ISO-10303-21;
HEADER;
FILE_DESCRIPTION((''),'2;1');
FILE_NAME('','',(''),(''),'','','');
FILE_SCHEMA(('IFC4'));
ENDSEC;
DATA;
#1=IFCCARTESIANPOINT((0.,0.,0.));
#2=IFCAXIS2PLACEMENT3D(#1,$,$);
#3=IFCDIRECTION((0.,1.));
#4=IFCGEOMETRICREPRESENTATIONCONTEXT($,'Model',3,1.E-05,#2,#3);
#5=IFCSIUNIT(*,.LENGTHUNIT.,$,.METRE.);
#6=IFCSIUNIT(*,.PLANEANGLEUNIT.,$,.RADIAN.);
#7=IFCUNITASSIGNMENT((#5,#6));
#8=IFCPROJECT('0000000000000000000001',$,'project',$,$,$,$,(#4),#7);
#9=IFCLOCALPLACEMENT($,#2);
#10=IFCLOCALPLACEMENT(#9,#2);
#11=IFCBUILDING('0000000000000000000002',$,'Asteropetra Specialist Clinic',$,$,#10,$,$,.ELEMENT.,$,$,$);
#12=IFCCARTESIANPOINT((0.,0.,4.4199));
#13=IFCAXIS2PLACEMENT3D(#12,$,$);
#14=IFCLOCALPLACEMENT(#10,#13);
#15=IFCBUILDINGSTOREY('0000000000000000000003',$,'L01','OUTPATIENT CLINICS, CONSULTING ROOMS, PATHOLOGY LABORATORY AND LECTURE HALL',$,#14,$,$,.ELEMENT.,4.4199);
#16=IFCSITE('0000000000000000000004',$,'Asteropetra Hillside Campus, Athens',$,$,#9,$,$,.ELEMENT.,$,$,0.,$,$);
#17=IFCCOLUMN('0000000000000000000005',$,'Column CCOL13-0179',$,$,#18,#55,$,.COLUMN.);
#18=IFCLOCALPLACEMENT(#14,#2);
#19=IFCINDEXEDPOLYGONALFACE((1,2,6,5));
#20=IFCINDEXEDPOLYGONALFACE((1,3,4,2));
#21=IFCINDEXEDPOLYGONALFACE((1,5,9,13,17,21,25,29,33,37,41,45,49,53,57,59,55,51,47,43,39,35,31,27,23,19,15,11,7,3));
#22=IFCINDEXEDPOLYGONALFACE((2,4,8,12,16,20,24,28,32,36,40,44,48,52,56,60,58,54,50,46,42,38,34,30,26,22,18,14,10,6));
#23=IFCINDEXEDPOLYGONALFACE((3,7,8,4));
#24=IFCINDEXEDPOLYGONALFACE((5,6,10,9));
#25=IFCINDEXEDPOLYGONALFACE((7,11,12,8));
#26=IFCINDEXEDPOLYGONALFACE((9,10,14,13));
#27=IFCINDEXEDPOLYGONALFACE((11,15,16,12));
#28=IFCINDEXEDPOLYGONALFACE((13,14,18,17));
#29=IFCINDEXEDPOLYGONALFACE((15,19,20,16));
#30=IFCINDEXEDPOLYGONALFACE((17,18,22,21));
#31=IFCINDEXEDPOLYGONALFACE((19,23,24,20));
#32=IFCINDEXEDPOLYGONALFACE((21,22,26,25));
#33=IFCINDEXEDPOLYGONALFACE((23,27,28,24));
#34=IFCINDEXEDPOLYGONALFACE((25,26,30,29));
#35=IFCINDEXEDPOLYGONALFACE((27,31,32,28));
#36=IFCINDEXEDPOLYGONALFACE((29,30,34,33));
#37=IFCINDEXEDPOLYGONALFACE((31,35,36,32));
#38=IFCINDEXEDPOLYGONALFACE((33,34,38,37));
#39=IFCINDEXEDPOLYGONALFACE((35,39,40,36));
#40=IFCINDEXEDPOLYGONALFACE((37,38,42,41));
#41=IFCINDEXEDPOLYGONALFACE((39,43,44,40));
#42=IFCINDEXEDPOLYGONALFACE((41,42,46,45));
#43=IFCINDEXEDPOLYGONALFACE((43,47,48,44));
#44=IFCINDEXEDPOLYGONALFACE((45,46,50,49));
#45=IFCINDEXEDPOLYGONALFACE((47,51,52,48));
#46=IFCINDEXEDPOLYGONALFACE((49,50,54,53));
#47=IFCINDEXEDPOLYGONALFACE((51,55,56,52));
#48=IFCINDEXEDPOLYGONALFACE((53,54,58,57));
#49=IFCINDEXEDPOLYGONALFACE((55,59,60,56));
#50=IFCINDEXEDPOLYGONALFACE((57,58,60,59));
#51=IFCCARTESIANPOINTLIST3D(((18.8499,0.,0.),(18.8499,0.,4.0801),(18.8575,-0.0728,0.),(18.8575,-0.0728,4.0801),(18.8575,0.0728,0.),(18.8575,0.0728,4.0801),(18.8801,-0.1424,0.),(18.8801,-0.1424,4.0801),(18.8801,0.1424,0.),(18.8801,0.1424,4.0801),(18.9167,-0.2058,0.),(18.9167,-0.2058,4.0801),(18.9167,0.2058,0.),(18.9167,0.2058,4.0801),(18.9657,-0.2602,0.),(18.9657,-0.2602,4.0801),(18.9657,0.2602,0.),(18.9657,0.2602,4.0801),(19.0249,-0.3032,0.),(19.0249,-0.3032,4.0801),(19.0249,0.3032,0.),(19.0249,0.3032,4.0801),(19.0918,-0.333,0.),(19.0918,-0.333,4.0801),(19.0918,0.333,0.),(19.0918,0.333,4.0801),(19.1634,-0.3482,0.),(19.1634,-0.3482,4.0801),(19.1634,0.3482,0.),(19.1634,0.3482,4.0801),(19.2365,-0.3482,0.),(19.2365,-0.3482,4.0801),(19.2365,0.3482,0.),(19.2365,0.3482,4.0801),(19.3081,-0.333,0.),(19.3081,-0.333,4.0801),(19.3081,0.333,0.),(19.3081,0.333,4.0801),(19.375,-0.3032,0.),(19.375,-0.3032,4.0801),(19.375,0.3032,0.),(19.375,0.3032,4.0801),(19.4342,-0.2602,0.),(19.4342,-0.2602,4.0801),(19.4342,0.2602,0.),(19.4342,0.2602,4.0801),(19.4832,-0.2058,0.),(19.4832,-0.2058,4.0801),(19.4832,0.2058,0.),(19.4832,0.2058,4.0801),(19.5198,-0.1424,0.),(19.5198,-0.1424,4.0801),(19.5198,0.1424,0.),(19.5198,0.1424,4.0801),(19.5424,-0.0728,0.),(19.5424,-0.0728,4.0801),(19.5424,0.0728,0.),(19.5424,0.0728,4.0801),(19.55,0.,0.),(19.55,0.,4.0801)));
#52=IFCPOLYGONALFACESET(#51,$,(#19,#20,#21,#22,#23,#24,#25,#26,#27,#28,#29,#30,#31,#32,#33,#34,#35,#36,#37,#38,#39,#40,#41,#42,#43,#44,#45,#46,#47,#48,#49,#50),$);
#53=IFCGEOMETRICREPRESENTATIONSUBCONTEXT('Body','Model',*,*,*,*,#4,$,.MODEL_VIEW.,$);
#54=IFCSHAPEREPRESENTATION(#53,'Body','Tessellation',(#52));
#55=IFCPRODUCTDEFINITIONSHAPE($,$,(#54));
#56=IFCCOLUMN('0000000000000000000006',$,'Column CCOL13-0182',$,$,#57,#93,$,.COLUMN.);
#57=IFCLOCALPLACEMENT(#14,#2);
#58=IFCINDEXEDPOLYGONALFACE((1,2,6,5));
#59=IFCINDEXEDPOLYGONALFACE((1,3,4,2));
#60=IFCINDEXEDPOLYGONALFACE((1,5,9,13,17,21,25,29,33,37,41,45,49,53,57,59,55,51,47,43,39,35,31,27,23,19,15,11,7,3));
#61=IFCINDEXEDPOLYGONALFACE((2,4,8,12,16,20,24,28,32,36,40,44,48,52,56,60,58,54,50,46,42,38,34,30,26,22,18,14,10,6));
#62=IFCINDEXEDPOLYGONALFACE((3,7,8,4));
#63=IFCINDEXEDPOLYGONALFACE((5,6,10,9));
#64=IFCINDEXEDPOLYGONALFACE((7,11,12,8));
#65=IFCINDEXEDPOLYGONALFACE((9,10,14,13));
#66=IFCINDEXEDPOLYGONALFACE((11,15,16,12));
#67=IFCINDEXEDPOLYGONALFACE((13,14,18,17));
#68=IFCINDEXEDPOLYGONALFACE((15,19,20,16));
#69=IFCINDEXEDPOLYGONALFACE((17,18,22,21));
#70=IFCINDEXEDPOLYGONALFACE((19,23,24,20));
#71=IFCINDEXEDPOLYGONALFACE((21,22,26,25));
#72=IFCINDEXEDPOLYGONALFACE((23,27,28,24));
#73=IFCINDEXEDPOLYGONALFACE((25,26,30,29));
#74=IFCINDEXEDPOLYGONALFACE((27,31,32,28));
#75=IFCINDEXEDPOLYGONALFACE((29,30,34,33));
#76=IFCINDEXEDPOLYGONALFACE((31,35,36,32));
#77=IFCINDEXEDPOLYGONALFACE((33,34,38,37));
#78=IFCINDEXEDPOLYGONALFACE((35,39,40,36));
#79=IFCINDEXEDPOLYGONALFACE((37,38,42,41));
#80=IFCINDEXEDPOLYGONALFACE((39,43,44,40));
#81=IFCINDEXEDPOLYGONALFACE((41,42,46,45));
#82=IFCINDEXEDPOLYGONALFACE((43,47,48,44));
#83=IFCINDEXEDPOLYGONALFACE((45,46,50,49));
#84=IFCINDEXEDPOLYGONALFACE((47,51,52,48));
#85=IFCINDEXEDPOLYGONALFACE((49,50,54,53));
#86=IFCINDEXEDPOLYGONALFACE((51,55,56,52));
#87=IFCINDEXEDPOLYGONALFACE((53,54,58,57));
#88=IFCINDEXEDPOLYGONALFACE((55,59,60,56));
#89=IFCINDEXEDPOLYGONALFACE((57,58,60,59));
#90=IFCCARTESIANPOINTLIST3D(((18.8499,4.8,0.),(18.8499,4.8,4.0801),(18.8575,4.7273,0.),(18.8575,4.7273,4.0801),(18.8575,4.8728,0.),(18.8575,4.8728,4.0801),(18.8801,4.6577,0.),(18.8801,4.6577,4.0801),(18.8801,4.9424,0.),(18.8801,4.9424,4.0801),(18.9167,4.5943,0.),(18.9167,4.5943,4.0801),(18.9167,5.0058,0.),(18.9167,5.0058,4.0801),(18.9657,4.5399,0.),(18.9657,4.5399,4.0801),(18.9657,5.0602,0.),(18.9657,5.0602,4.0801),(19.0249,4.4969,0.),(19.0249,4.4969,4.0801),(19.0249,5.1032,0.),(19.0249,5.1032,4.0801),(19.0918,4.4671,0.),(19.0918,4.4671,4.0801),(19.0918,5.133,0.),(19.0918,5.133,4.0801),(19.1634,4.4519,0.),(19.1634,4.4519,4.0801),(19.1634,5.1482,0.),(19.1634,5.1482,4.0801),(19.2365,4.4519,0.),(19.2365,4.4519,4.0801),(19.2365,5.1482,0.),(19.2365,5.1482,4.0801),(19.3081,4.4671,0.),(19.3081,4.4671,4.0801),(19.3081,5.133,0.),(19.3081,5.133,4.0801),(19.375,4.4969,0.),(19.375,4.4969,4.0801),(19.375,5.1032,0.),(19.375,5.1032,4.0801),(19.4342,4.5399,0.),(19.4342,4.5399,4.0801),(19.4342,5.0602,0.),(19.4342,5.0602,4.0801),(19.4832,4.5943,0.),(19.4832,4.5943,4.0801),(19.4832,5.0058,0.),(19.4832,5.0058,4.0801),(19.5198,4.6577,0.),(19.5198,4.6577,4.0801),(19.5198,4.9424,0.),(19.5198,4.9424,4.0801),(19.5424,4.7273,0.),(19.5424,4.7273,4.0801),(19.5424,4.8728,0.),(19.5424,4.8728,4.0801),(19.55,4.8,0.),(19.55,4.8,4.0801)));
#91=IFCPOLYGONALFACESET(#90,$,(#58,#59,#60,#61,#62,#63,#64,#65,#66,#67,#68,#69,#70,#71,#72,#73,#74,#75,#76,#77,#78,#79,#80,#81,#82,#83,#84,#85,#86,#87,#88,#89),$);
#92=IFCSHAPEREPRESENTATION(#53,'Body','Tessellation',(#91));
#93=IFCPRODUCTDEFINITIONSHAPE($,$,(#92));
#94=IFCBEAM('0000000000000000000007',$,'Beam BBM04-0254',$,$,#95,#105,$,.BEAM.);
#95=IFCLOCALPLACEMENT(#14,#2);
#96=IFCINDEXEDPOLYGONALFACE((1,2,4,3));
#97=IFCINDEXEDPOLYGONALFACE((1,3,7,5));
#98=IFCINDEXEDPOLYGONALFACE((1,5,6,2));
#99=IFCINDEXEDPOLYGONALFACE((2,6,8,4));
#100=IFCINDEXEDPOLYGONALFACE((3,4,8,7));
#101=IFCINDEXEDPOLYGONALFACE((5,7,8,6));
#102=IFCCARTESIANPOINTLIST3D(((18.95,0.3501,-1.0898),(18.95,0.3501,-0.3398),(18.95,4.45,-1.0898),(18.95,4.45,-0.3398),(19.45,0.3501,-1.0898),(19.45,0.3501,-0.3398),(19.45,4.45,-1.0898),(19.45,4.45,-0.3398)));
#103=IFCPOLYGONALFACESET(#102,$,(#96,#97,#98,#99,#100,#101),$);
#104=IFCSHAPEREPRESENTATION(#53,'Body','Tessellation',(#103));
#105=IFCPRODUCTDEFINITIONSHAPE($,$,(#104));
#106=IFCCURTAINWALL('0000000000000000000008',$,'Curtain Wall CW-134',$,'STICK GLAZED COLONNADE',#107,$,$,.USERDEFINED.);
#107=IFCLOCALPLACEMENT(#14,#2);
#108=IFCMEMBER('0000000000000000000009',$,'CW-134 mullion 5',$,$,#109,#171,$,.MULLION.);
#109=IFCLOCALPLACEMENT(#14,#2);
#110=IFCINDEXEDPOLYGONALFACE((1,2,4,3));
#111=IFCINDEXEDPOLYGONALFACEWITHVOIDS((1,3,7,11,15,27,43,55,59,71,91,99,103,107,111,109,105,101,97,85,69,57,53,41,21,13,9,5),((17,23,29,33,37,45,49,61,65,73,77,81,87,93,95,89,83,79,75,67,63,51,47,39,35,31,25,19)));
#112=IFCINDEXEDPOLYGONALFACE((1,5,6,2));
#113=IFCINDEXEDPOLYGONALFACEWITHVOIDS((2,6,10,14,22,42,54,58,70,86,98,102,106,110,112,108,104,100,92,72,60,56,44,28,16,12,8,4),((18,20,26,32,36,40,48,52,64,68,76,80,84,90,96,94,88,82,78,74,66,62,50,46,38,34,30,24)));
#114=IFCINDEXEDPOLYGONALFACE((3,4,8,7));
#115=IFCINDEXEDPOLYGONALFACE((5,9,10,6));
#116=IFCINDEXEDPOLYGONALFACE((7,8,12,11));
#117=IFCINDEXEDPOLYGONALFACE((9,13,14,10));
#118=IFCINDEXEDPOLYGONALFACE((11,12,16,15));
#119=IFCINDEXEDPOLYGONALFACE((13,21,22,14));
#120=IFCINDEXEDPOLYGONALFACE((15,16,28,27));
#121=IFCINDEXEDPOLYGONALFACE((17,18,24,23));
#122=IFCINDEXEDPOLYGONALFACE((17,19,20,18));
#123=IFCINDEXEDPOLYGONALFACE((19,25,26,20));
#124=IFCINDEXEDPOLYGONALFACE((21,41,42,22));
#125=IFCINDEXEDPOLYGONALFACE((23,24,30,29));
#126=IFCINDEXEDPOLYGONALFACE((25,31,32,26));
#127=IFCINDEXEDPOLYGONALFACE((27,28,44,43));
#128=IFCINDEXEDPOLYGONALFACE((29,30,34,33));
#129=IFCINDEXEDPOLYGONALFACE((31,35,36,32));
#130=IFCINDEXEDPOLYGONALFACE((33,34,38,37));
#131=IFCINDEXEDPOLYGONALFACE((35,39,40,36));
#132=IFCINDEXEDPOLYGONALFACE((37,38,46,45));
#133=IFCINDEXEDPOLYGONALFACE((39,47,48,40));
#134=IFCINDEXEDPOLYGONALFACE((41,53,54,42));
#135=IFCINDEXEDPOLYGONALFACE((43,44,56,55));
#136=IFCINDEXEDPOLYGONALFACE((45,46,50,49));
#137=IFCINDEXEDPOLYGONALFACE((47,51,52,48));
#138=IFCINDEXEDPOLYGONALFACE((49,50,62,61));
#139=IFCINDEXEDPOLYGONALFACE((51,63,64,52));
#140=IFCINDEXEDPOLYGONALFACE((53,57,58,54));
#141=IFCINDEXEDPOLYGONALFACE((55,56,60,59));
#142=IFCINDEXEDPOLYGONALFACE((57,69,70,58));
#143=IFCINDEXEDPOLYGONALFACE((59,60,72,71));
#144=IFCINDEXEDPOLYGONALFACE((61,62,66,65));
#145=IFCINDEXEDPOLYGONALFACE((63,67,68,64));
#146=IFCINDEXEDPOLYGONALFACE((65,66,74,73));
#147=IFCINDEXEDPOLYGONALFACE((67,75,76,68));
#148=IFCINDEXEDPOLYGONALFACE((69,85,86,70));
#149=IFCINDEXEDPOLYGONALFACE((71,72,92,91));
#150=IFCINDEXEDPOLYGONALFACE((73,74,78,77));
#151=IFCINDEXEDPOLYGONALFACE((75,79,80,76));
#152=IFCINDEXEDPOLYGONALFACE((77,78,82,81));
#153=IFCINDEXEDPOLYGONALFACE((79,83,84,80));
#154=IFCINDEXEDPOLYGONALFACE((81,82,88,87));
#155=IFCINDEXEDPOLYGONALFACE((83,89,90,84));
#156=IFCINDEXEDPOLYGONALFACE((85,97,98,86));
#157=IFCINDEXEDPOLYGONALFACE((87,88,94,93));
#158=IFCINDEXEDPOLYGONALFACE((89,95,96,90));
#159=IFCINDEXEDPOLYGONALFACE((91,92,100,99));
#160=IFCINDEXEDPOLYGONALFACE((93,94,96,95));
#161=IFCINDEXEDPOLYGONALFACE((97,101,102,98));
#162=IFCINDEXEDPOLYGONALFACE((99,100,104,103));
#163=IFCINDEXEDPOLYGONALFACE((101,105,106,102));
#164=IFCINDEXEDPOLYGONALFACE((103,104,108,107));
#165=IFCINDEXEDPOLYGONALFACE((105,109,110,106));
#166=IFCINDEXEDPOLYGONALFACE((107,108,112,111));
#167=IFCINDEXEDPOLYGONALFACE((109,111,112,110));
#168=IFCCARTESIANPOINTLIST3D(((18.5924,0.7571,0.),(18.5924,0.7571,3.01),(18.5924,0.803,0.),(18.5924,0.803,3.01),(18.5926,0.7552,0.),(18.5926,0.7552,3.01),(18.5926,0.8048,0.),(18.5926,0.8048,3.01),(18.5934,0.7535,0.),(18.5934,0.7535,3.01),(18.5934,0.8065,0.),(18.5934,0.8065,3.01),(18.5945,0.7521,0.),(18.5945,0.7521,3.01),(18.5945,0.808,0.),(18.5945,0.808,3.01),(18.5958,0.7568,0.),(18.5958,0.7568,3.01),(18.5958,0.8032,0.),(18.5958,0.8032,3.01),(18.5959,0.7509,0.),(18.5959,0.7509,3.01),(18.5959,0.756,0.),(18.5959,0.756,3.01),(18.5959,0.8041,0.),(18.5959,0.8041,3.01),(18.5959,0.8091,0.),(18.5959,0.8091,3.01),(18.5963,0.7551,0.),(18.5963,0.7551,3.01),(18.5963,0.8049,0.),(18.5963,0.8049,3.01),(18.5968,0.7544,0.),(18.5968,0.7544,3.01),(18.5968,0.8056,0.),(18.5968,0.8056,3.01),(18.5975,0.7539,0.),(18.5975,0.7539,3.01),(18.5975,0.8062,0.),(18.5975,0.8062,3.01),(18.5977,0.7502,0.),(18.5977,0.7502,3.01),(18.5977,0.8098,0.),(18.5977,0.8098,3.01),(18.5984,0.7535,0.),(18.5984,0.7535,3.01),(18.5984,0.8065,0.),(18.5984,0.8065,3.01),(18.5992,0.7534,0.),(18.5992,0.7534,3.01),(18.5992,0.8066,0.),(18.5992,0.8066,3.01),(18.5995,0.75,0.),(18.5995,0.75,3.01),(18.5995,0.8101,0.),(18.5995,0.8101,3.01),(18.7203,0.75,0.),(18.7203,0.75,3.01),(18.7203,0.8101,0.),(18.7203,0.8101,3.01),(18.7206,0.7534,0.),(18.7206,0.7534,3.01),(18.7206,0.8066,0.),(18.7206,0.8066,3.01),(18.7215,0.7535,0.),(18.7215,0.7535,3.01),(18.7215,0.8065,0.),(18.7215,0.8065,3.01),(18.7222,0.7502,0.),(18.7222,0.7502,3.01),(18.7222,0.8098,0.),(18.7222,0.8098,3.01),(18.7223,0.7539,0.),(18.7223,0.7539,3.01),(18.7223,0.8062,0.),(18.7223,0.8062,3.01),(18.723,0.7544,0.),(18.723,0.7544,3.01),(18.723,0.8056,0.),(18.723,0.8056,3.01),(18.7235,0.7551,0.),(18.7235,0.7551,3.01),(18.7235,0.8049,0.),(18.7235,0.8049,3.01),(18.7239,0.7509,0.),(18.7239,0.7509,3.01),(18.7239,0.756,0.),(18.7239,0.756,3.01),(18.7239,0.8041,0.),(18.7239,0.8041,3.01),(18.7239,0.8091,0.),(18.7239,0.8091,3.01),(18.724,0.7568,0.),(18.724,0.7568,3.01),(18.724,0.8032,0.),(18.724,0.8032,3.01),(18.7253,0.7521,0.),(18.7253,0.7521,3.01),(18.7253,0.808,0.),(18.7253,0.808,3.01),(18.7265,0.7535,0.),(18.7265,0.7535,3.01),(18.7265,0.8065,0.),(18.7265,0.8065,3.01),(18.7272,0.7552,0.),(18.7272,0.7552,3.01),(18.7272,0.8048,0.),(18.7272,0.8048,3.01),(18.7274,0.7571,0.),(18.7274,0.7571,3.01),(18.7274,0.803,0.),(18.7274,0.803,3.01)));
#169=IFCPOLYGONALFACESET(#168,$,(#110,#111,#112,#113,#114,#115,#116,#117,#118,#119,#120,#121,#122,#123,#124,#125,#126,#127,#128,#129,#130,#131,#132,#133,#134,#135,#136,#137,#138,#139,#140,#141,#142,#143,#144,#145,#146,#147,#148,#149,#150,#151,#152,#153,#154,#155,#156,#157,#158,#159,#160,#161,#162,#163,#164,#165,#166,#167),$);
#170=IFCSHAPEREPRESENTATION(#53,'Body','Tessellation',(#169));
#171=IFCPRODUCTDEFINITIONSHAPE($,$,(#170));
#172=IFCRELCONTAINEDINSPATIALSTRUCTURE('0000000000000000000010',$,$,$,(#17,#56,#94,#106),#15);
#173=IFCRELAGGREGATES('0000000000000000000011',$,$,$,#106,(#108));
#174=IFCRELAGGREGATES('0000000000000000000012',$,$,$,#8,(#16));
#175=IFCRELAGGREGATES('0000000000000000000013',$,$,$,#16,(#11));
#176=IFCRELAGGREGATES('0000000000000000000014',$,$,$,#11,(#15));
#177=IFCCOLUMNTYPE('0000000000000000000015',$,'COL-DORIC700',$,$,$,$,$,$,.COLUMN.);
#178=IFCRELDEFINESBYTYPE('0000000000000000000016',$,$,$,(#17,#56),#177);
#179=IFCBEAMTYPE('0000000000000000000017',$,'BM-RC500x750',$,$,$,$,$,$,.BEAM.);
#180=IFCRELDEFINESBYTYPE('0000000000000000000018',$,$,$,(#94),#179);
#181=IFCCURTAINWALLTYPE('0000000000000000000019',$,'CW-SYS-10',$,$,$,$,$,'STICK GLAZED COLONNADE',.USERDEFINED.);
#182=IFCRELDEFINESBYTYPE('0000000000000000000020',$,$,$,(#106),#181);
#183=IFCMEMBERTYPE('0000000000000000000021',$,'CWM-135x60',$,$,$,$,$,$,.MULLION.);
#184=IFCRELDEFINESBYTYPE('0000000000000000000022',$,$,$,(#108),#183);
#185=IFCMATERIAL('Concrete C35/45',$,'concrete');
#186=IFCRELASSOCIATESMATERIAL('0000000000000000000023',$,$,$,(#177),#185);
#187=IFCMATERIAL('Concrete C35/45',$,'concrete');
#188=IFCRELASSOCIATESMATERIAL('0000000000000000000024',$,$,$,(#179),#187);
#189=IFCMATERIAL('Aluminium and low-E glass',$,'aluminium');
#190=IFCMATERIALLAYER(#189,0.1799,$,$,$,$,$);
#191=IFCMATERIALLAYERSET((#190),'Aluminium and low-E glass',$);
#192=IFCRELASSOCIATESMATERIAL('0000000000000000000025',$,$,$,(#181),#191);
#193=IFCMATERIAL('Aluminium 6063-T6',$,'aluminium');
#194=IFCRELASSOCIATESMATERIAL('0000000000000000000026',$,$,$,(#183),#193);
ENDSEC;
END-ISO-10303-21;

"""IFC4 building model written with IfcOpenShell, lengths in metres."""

from ifc_helpers import new_model, si_unit, direction, frame, origin, origin_2d, place, context, subcontext, project, spatial, rectangle, hollow_rectangle, circle, extrude, material, layer, layer_set, material_profile, profile_set, type_object, element, aggregate, save


model = new_model("IFC4")

# Units and contexts
model_context = context("Model", 3, precision=1e-05, world=origin(), true_north=direction((0.0, 1.0)))
body_context = subcontext(model_context, "Body", "Model", "MODEL_VIEW")
ifc_project = project(units=[si_unit("LENGTHUNIT", "METRE"), si_unit("PLANEANGLEUNIT", "RADIAN")], contexts=[model_context])

# Site, building, storey
site_placement = place(None, origin())
site = spatial("IfcSite", under=ifc_project, at=site_placement, Name="Asteropetra Hillside Campus, Athens", CompositionType="ELEMENT", RefElevation=0.0)
building_placement = place(site_placement, origin())
building = spatial("IfcBuilding", under=site, at=building_placement, Name="Asteropetra Specialist Clinic", CompositionType="ELEMENT")
storey_placement = place(building_placement, frame((0.0, 0.0, 4.4199)))
storey = spatial("IfcBuildingStorey", under=building, at=storey_placement, Name="L01", Description="OUTPATIENT CLINICS, CONSULTING ROOMS, PATHOLOGY LABORATORY AND LECTURE HALL", CompositionType="ELEMENT", Elevation=4.4199)

# Columns
ifc_material_1 = material(Name="Concrete C35/45", Category="concrete")
ifc_material_profile_1 = material_profile(ifc_material_1, circle(Radius=0.3501, at=origin_2d()), Name="RCC D700")
ifc_profile_set_1 = profile_set([ifc_material_profile_1], Name="Concrete C35/45")
column_type = type_object("IfcColumnType", Name="COL-DORIC700", PredefinedType="COLUMN", material=ifc_profile_set_1)
for number, where, z_axis, x_axis, name in (
    (1, (19.2, 0.0, 0.0), (0.0, 0.0, 1.0), (1.0, 0.0, 0.0), "Column CCOL13-0179"),
    (2, (19.2, 4.8, 0.0), (0.0, 0.0, 1.0), (1.0, 0.0, 0.0), "Column CCOL13-0182"),
):
    element("IfcColumn", number, at=place(storey_placement, frame(where, z_axis=z_axis, x_axis=x_axis)), inside=storey, type_object=column_type, Name=name, PredefinedType="COLUMN", context=body_context, shape_type="SweptSolid", body=[
        extrude(circle(Radius=0.3501, at=origin_2d()), origin(), (0.0, 0.0, 1.0), 4.0801),
    ])

# Beam
ifc_material_2 = material(Name="Concrete C35/45", Category="concrete")
ifc_material_profile_2 = material_profile(ifc_material_2, rectangle(XDim=0.5, YDim=0.75, at=origin_2d()), Name="RCB 500x750")
ifc_profile_set_2 = profile_set([ifc_material_profile_2], Name="Concrete C35/45")
beam_type_1 = type_object("IfcBeamType", Name="BM-RC500x750", PredefinedType="BEAM", material=ifc_profile_set_2)
beam_1_placement = place(storey_placement, frame((19.2, 0.3501, -0.7148), z_axis=(0.0, 1.0, 0.0), x_axis=(-1.0, 0.0, 0.0)))
element("IfcBeam", 3, at=beam_1_placement, inside=storey, type_object=beam_type_1, Name="Beam BBM04-0254", PredefinedType="BEAM", context=body_context, shape_type="SweptSolid", body=[
    extrude(rectangle(XDim=0.5, YDim=0.75, at=origin_2d()), origin(), (0.0, 0.0, 1.0), 4.0999),
])

# Curtain wall, member
ifc_material_3 = material(Name="Aluminium and low-E glass", Category="aluminium")
ifc_layer_1 = layer(ifc_material_3, 0.1799)
ifc_layer_set_1 = layer_set([ifc_layer_1], Name="Aluminium and low-E glass")
curtain_wall_type_1 = type_object("IfcCurtainWallType", Name="CW-SYS-10", ElementType="STICK GLAZED COLONNADE", PredefinedType="USERDEFINED", material=ifc_layer_set_1)
curtain_wall_1_placement = place(storey_placement, origin())
curtain_wall_1 = element("IfcCurtainWall", 4, at=curtain_wall_1_placement, inside=storey, type_object=curtain_wall_type_1, Name="Curtain Wall CW-134", ObjectType="STICK GLAZED COLONNADE", PredefinedType="USERDEFINED")
ifc_material_4 = material(Name="Aluminium 6063-T6", Category="aluminium")
ifc_material_profile_3 = material_profile(ifc_material_4, hollow_rectangle(XDim=0.0601, YDim=0.135, WallThickness=0.0034, InnerFilletRadius=0.0034, OuterFilletRadius=0.0071, at=origin_2d()), Name="MUL 135x60x3.5")
ifc_profile_set_3 = profile_set([ifc_material_profile_3], Name="Aluminium 6063-T6")
member_type_1 = type_object("IfcMemberType", Name="CWM-135x60", PredefinedType="MULLION", material=ifc_profile_set_3)
member_1_placement = place(storey_placement, frame((18.6599, 0.78, 0.0), z_axis=(0.0, 0.0, 1.0), x_axis=(0.0, 1.0, 0.0)))
member_1 = element("IfcMember", 5, at=member_1_placement, type_object=member_type_1, Name="CW-134 mullion 5", PredefinedType="MULLION", context=body_context, shape_type="SweptSolid", body=[
    extrude(hollow_rectangle(XDim=0.0601, YDim=0.135, WallThickness=0.0034, InnerFilletRadius=0.0034, OuterFilletRadius=0.0071, at=origin_2d()), origin(), (0.0, 0.0, 1.0), 3.01),
])

aggregate(curtain_wall_1, [member_1])

save(model, "model.ifc")
